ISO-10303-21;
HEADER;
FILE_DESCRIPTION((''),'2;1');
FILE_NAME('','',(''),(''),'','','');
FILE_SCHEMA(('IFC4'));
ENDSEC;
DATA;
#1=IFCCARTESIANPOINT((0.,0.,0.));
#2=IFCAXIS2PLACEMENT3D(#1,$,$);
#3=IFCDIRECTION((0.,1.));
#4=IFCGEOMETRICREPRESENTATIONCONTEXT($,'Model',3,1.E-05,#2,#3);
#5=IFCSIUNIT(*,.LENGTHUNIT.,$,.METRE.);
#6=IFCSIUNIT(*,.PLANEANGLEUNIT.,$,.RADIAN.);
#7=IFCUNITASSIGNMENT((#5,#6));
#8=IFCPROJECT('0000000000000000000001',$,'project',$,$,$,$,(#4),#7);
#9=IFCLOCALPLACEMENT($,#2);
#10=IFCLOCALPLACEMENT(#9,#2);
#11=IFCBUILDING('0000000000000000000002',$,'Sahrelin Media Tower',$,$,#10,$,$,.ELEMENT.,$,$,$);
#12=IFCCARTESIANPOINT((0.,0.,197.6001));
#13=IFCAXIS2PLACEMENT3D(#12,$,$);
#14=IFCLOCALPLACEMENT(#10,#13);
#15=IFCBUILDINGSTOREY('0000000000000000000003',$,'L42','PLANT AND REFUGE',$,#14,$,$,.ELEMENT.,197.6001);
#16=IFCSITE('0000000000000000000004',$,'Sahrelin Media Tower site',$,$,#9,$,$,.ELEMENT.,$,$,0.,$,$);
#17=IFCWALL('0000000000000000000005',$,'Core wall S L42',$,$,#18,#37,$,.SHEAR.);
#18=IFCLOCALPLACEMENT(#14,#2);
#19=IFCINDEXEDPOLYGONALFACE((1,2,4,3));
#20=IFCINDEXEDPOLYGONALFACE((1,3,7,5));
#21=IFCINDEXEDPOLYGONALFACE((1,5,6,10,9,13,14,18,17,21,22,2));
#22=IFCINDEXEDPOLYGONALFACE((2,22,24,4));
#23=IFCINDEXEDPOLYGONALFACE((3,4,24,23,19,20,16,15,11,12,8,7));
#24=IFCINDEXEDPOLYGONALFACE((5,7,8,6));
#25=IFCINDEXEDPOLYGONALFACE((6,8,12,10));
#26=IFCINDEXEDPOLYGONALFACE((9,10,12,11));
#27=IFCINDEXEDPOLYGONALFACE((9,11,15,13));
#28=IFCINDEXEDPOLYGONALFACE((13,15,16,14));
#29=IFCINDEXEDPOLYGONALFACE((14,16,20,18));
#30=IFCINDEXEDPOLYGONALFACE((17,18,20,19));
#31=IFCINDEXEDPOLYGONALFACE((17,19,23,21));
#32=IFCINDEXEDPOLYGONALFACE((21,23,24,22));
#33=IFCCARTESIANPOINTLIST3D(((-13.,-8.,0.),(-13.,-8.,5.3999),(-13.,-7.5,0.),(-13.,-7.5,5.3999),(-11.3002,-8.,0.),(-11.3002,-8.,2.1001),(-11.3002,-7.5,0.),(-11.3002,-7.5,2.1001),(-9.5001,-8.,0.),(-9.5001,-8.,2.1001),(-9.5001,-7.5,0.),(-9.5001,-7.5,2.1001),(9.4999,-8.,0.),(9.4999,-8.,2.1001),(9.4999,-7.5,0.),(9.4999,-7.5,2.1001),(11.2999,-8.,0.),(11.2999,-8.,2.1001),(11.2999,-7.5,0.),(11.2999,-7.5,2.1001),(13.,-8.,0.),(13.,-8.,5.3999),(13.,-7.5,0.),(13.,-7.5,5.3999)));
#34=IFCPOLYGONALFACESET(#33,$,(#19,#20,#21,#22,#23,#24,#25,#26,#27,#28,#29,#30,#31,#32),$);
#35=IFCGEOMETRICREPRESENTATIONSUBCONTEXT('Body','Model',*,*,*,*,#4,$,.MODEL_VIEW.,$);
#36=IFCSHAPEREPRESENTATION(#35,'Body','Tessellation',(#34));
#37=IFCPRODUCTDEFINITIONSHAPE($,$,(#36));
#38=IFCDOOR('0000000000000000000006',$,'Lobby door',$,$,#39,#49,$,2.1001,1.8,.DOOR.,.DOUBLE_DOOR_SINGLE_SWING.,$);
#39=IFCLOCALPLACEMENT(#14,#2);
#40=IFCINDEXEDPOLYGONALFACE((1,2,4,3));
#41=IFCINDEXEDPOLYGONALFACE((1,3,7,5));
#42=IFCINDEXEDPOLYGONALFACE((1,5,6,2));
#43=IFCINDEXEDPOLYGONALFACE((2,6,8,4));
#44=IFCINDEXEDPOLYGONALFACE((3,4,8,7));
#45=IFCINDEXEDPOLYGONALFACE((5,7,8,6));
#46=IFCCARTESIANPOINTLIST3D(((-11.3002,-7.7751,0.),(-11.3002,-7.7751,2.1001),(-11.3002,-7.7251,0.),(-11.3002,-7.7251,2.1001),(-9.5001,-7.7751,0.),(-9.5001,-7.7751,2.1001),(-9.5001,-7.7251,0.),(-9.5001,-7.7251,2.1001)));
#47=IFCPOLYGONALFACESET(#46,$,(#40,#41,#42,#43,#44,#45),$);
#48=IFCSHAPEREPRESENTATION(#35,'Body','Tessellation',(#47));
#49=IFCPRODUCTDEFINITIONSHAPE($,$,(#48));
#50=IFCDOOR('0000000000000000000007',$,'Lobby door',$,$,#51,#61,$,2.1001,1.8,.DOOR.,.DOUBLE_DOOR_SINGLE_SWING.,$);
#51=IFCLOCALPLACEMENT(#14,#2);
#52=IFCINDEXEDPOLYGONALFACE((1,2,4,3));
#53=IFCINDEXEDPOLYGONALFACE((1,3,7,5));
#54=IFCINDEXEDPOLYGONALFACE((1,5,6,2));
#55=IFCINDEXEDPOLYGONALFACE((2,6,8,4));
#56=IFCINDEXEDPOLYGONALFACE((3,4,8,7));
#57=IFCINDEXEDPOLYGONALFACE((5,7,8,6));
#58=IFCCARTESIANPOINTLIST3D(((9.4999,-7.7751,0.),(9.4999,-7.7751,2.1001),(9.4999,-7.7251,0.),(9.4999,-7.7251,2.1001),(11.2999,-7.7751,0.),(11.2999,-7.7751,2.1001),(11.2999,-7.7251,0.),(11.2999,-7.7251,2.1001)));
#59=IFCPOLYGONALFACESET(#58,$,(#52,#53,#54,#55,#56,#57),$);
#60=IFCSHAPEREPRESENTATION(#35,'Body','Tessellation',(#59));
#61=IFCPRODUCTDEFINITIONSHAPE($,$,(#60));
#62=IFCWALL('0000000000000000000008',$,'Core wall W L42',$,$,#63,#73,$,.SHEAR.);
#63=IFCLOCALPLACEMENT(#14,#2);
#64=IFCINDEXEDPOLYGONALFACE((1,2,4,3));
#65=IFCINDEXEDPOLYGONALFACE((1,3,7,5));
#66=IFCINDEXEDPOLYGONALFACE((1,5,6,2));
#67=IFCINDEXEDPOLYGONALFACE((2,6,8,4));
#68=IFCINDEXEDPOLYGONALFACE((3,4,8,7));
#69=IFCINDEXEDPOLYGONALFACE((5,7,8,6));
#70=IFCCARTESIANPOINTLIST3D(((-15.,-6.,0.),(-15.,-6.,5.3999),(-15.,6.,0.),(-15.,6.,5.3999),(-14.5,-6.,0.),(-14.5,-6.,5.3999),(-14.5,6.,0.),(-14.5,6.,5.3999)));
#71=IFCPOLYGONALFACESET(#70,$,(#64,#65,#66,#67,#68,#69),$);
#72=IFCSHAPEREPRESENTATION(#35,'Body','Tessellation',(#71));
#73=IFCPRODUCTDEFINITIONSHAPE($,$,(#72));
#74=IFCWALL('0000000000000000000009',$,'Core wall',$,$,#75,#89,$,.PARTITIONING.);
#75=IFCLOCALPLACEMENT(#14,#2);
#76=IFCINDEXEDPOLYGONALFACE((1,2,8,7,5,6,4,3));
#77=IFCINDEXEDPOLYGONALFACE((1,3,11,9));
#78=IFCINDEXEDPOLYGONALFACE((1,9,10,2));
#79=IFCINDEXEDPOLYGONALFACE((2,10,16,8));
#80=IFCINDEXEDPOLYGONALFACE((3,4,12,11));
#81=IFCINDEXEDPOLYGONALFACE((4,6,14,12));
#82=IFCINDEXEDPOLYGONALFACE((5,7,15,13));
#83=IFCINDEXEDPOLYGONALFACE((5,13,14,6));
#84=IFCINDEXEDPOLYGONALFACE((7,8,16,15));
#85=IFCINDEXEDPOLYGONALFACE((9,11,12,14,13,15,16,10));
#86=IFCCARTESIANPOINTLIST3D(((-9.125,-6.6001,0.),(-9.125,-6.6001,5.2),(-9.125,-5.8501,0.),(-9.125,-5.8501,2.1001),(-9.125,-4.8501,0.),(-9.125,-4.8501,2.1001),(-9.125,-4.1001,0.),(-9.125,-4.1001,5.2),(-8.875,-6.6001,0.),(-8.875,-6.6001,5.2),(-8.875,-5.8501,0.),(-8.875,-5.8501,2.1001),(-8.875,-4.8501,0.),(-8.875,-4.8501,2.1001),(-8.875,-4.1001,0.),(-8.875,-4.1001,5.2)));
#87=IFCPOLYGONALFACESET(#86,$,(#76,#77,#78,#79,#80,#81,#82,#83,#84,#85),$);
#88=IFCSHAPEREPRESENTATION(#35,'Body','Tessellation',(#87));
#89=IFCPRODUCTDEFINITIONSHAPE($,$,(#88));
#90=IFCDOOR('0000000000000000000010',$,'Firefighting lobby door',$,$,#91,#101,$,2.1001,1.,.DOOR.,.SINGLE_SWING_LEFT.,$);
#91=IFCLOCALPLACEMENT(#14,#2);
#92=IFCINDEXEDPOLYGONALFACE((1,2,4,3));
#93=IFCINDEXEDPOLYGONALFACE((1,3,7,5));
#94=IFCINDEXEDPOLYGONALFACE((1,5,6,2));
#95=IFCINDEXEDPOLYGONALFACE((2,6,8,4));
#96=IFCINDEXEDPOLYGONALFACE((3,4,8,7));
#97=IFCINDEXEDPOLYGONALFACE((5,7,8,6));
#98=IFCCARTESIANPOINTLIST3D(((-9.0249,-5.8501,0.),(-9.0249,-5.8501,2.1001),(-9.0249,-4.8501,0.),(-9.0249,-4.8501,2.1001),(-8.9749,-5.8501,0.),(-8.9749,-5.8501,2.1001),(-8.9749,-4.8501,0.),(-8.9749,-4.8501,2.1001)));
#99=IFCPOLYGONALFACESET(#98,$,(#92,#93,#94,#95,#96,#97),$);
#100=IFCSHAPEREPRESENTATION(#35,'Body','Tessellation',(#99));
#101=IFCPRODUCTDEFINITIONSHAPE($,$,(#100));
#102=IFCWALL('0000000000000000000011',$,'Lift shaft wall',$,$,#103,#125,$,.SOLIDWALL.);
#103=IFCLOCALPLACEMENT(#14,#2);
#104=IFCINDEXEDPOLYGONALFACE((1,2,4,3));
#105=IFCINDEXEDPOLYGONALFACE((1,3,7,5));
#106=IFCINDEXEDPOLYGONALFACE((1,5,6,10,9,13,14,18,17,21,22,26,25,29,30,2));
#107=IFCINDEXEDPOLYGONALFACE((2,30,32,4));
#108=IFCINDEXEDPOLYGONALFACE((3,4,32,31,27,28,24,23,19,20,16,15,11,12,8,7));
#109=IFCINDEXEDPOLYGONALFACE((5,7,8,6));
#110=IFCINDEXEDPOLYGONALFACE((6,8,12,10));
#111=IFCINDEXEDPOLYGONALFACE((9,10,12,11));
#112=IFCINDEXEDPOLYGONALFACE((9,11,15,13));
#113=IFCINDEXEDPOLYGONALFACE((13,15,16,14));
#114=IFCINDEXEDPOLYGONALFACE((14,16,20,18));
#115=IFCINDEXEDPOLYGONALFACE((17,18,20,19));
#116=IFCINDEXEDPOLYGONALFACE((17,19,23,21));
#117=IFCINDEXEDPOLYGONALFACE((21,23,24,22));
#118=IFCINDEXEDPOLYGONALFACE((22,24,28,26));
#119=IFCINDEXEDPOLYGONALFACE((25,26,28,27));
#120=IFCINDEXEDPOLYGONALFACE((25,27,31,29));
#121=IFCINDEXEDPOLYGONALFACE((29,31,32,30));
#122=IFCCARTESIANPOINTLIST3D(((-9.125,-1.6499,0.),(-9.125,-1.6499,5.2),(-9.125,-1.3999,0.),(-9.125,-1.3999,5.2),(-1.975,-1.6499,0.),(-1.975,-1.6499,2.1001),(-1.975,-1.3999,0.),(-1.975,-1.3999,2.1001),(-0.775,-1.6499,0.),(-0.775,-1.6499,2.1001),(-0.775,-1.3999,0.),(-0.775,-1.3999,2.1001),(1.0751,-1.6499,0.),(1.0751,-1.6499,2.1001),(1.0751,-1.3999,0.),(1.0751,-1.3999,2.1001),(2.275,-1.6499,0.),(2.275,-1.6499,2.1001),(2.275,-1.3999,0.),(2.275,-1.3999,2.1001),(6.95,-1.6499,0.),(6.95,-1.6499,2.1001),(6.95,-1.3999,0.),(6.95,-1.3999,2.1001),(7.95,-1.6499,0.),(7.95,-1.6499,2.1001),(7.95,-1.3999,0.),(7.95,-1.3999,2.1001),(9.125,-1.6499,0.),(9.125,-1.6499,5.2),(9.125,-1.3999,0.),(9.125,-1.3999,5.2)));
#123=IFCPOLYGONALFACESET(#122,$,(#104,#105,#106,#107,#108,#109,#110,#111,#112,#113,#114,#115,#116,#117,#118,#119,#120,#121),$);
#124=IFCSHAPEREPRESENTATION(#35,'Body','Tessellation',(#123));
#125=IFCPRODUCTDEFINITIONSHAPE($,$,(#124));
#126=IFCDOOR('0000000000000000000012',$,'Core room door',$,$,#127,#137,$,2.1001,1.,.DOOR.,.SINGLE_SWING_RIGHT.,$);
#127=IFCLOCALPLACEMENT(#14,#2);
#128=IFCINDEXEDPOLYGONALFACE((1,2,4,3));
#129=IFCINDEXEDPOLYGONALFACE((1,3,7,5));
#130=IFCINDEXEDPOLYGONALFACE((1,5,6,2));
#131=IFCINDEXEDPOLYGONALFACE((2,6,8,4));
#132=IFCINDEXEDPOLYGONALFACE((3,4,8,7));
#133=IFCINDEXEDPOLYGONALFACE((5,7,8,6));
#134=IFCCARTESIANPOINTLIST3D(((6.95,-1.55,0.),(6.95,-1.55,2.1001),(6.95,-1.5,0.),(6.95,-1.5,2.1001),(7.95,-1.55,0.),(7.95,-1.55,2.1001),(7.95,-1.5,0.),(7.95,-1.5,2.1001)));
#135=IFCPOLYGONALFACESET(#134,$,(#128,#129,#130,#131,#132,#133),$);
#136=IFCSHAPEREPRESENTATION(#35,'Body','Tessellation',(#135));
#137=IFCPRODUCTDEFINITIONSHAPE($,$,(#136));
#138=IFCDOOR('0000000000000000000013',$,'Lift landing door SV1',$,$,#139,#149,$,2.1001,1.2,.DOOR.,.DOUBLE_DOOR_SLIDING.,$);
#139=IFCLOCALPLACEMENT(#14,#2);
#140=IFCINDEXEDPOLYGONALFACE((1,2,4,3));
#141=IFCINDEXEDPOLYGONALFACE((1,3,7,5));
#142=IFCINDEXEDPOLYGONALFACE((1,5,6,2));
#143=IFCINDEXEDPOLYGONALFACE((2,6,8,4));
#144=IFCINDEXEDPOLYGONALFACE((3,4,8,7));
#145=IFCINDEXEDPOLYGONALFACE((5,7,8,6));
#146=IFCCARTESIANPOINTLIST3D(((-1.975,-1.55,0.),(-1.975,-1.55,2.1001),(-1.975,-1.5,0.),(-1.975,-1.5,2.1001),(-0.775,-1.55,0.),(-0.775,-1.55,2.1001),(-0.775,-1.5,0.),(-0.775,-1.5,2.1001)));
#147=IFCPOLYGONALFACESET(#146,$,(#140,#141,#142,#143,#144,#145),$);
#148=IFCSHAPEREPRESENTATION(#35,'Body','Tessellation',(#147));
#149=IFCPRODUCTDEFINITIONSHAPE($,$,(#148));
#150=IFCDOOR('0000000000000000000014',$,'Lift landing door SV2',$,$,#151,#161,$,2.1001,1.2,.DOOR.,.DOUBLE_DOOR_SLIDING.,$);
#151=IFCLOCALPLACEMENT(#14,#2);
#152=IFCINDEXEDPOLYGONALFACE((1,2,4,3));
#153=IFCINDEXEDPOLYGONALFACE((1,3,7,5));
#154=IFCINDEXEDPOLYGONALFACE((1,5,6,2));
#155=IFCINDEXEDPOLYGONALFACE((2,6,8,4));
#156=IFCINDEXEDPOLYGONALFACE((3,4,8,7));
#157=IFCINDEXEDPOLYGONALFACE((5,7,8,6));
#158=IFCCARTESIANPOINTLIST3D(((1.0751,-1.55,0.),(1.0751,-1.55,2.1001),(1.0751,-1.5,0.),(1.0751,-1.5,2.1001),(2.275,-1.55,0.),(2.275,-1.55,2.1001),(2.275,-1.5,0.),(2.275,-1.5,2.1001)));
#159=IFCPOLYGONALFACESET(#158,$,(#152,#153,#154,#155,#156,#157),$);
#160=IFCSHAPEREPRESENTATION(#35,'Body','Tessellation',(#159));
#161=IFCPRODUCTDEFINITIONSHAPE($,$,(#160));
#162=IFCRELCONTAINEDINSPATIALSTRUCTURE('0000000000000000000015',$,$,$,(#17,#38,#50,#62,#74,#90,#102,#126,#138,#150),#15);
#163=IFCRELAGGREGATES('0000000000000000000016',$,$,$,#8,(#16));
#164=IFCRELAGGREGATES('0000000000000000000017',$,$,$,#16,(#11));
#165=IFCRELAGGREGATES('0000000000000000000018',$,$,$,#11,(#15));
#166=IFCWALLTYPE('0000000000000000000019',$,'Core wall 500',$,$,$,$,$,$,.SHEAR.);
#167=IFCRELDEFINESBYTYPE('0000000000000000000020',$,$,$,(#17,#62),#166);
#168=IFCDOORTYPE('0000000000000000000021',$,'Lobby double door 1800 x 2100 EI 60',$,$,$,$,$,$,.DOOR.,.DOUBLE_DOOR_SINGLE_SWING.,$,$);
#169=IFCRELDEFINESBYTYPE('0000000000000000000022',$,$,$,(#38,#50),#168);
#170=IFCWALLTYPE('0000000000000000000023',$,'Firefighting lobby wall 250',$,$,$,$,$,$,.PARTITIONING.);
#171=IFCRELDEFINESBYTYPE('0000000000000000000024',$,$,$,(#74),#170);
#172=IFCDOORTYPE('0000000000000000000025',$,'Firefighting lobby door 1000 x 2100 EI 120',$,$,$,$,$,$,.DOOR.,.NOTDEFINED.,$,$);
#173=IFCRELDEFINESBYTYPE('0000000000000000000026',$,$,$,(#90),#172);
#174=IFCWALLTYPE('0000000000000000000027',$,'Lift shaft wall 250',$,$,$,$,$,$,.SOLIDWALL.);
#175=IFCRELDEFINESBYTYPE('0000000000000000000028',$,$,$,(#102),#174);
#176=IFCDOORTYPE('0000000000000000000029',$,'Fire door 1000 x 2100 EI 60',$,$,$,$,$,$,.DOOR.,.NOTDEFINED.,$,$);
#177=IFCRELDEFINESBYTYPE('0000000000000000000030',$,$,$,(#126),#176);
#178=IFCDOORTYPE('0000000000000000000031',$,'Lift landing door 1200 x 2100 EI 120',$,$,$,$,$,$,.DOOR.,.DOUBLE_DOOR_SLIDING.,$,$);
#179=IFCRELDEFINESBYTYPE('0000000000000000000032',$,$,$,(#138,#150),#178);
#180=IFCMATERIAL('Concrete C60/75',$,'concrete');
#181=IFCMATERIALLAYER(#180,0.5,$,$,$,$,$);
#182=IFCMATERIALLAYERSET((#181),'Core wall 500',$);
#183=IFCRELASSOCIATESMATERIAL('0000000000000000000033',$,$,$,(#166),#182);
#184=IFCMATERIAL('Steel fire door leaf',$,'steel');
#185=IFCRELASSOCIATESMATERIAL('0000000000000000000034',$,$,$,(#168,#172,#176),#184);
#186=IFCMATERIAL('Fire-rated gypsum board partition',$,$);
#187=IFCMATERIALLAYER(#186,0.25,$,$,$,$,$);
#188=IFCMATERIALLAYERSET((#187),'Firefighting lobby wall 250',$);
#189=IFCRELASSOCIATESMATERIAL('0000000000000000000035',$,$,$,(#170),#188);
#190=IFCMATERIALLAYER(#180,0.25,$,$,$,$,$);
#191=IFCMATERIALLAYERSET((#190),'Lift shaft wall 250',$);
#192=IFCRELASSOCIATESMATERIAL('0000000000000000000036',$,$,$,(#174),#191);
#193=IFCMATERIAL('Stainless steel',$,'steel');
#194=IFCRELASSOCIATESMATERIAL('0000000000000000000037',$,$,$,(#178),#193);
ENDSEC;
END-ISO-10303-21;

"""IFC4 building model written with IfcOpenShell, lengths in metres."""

from ifc_helpers import new_model, si_unit, direction, frame, frame_2d, origin, place, context, subcontext, project, spatial, rectangle, extrude, material, layer, layer_set, type_object, element, fill, save


model = new_model("IFC4")

# Units and contexts
model_context = context("Model", 3, precision=1e-05, world=origin(), true_north=direction((0.0, 1.0)))
body_context = subcontext(model_context, "Body", "Model", "MODEL_VIEW")
ifc_project = project(units=[si_unit("LENGTHUNIT", "METRE"), si_unit("PLANEANGLEUNIT", "RADIAN")], contexts=[model_context])

# Site, building, storey
site_placement = place(None, origin())
site = spatial("IfcSite", under=ifc_project, at=site_placement, Name="Sahrelin Media Tower site", CompositionType="ELEMENT", RefElevation=0.0)
building_placement = place(site_placement, origin())
building = spatial("IfcBuilding", under=site, at=building_placement, Name="Sahrelin Media Tower", CompositionType="ELEMENT")
storey_placement = place(building_placement, frame((0.0, 0.0, 197.6001)))
storey = spatial("IfcBuildingStorey", under=building, at=storey_placement, Name="L42", Description="PLANT AND REFUGE", CompositionType="ELEMENT", Elevation=197.6001)

# Wall, openings, doors
ifc_material_1 = material(Name="Concrete C60/75", Category="concrete")
ifc_layer_1 = layer(ifc_material_1, 0.5)
ifc_layer_set_1 = layer_set([ifc_layer_1], Name="Core wall 500")
wall_type_1 = type_object("IfcWallType", Name="Core wall 500", PredefinedType="SHEAR", material=ifc_layer_set_1)
wall_1_placement = place(storey_placement, frame((-13.0, -7.75, 0.0), z_axis=(0.0, 0.0, 1.0), x_axis=(1.0, 0.0, 0.0)))
wall_1 = element("IfcWall", 1, at=wall_1_placement, inside=storey, type_object=wall_type_1, Name="Core wall S L42", PredefinedType="SHEAR", context=body_context, shape_type="SweptSolid", body=[
    extrude(rectangle(XDim=26.0, YDim=0.5, at=frame_2d((13.0, 0.0))), origin(), (0.0, 0.0, 1.0), 5.3999),
])
opening_1_placement = place(wall_1_placement, frame((1.7, 0.0, 0.0)))
opening_1 = element("IfcOpeningElement", 2, at=opening_1_placement, cuts=wall_1, PredefinedType="OPENING", context=body_context, shape_type="SweptSolid", body=[
    extrude(rectangle(XDim=1.8, YDim=2.1001, at=frame_2d((0.8999, 1.05))), frame((0.0, 0.25, 0.0), z_axis=(0.0, -1.0, 0.0), x_axis=(1.0, 0.0, 0.0)), (0.0, 0.0, 1.0), 0.5),
])
opening_2_placement = place(wall_1_placement, frame((22.5, 0.0, 0.0)))
opening_2 = element("IfcOpeningElement", 3, at=opening_2_placement, cuts=wall_1, PredefinedType="OPENING", context=body_context, shape_type="SweptSolid", body=[
    extrude(rectangle(XDim=1.8, YDim=2.1001, at=frame_2d((0.8999, 1.05))), frame((0.0, 0.25, 0.0), z_axis=(0.0, -1.0, 0.0), x_axis=(1.0, 0.0, 0.0)), (0.0, 0.0, 1.0), 0.5),
])
ifc_material_2 = material(Name="Steel fire door leaf", Category="steel")
door_type_1 = type_object("IfcDoorType", Name="Lobby double door 1800 x 2100 EI 60", OperationType="DOUBLE_DOOR_SINGLE_SWING", PredefinedType="DOOR", material=ifc_material_2)
door_1_placement = place(opening_1_placement, origin())
door_1 = element("IfcDoor", 4, at=door_1_placement, inside=storey, type_object=door_type_1, Name="Lobby door", OperationType="DOUBLE_DOOR_SINGLE_SWING", OverallHeight=2.1001, OverallWidth=1.8, PredefinedType="DOOR", context=body_context, shape_type="SweptSolid", body=[
    extrude(rectangle(XDim=1.8, YDim=2.1001, at=frame_2d((0.8999, 1.05))), frame((0.0, 0.0249, 0.0), z_axis=(0.0, -1.0, 0.0), x_axis=(1.0, 0.0, 0.0)), (0.0, 0.0, 1.0), 0.05),
])
fill(opening_1, door_1)
door_2_placement = place(opening_2_placement, origin())
door_2 = element("IfcDoor", 5, at=door_2_placement, inside=storey, type_object=door_type_1, Name="Lobby door", OperationType="DOUBLE_DOOR_SINGLE_SWING", OverallHeight=2.1001, OverallWidth=1.8, PredefinedType="DOOR", context=body_context, shape_type="SweptSolid", body=[
    extrude(rectangle(XDim=1.8, YDim=2.1001, at=frame_2d((0.8999, 1.05))), frame((0.0, 0.0249, 0.0), z_axis=(0.0, -1.0, 0.0), x_axis=(1.0, 0.0, 0.0)), (0.0, 0.0, 1.0), 0.05),
])
fill(opening_2, door_2)

# Wall
wall_2_placement = place(storey_placement, frame((-14.75, -6.0, 0.0), z_axis=(0.0, 0.0, 1.0), x_axis=(0.0, 1.0, 0.0)))
element("IfcWall", 6, at=wall_2_placement, inside=storey, type_object=wall_type_1, Name="Core wall W L42", PredefinedType="SHEAR", context=body_context, shape_type="SweptSolid", body=[
    extrude(rectangle(XDim=12.0, YDim=0.5, at=frame_2d((6.0, 0.0))), origin(), (0.0, 0.0, 1.0), 5.3999),
])

# Wall, opening, door
ifc_material_3 = material(Name="Fire-rated gypsum board partition")
ifc_layer_2 = layer(ifc_material_3, 0.25)
ifc_layer_set_2 = layer_set([ifc_layer_2], Name="Firefighting lobby wall 250")
wall_type_2 = type_object("IfcWallType", Name="Firefighting lobby wall 250", PredefinedType="PARTITIONING", material=ifc_layer_set_2)
wall_3_placement = place(storey_placement, frame((-9.0, -6.6001, 0.0), z_axis=(0.0, 0.0, 1.0), x_axis=(0.0, 1.0, 0.0)))
wall_3 = element("IfcWall", 7, at=wall_3_placement, inside=storey, type_object=wall_type_2, Name="Core wall", PredefinedType="PARTITIONING", context=body_context, shape_type="SweptSolid", body=[
    extrude(rectangle(XDim=2.5, YDim=0.25, at=frame_2d((1.25, 0.0))), origin(), (0.0, 0.0, 1.0), 5.2),
])
opening_3_placement = place(wall_3_placement, frame((0.75, 0.0, 0.0)))
opening_3 = element("IfcOpeningElement", 8, at=opening_3_placement, cuts=wall_3, PredefinedType="OPENING", context=body_context, shape_type="SweptSolid", body=[
    extrude(rectangle(XDim=1.0, YDim=2.1001, at=frame_2d((0.5, 1.05))), frame((0.0, 0.125, 0.0), z_axis=(0.0, -1.0, 0.0), x_axis=(1.0, 0.0, 0.0)), (0.0, 0.0, 1.0), 0.25),
])
door_type_2 = type_object("IfcDoorType", Name="Firefighting lobby door 1000 x 2100 EI 120", OperationType="NOTDEFINED", PredefinedType="DOOR", material=ifc_material_2)
door_3_placement = place(opening_3_placement, origin())
door_3 = element("IfcDoor", 9, at=door_3_placement, inside=storey, type_object=door_type_2, Name="Firefighting lobby door", OperationType="SINGLE_SWING_LEFT", OverallHeight=2.1001, OverallWidth=1.0, PredefinedType="DOOR", context=body_context, shape_type="SweptSolid", body=[
    extrude(rectangle(XDim=1.0, YDim=2.1001, at=frame_2d((0.5, 1.05))), frame((0.0, 0.0249, 0.0), z_axis=(0.0, -1.0, 0.0), x_axis=(1.0, 0.0, 0.0)), (0.0, 0.0, 1.0), 0.05),
])
fill(opening_3, door_3)

# Wall, openings, doors
ifc_layer_3 = layer(ifc_material_1, 0.25)
ifc_layer_set_3 = layer_set([ifc_layer_3], Name="Lift shaft wall 250")
wall_type_3 = type_object("IfcWallType", Name="Lift shaft wall 250", PredefinedType="SOLIDWALL", material=ifc_layer_set_3)
wall_4_placement = place(storey_placement, frame((-9.125, -1.5249, 0.0), z_axis=(0.0, 0.0, 1.0), x_axis=(1.0, 0.0, 0.0)))
wall_4 = element("IfcWall", 10, at=wall_4_placement, inside=storey, type_object=wall_type_3, Name="Lift shaft wall", PredefinedType="SOLIDWALL", context=body_context, shape_type="SweptSolid", body=[
    extrude(rectangle(XDim=18.25, YDim=0.25, at=frame_2d((9.125, 0.0))), origin(), (0.0, 0.0, 1.0), 5.2),
])
opening_4_placement = place(wall_4_placement, frame((7.1499, 0.0, 0.0)))
opening_4 = element("IfcOpeningElement", 11, at=opening_4_placement, cuts=wall_4, PredefinedType="OPENING", context=body_context, shape_type="SweptSolid", body=[
    extrude(rectangle(XDim=1.2, YDim=2.1001, at=frame_2d((0.6001, 1.05))), frame((0.0, 0.125, 0.0), z_axis=(0.0, -1.0, 0.0), x_axis=(1.0, 0.0, 0.0)), (0.0, 0.0, 1.0), 0.25),
])
opening_5_placement = place(wall_4_placement, frame((10.2, 0.0, 0.0)))
opening_5 = element("IfcOpeningElement", 12, at=opening_5_placement, cuts=wall_4, PredefinedType="OPENING", context=body_context, shape_type="SweptSolid", body=[
    extrude(rectangle(XDim=1.2, YDim=2.1001, at=frame_2d((0.6001, 1.05))), frame((0.0, 0.125, 0.0), z_axis=(0.0, -1.0, 0.0), x_axis=(1.0, 0.0, 0.0)), (0.0, 0.0, 1.0), 0.25),
])
opening_6_placement = place(wall_4_placement, frame((16.075, 0.0, 0.0)))
opening_6 = element("IfcOpeningElement", 13, at=opening_6_placement, cuts=wall_4, PredefinedType="OPENING", context=body_context, shape_type="SweptSolid", body=[
    extrude(rectangle(XDim=1.0, YDim=2.1001, at=frame_2d((0.5, 1.05))), frame((0.0, 0.125, 0.0), z_axis=(0.0, -1.0, 0.0), x_axis=(1.0, 0.0, 0.0)), (0.0, 0.0, 1.0), 0.25),
])
door_type_3 = type_object("IfcDoorType", Name="Fire door 1000 x 2100 EI 60", OperationType="NOTDEFINED", PredefinedType="DOOR", material=ifc_material_2)
door_4_placement = place(opening_6_placement, origin())
door_4 = element("IfcDoor", 14, at=door_4_placement, inside=storey, type_object=door_type_3, Name="Core room door", OperationType="SINGLE_SWING_RIGHT", OverallHeight=2.1001, OverallWidth=1.0, PredefinedType="DOOR", context=body_context, shape_type="SweptSolid", body=[
    extrude(rectangle(XDim=1.0, YDim=2.1001, at=frame_2d((0.5, 1.05))), frame((0.0, 0.0249, 0.0), z_axis=(0.0, -1.0, 0.0), x_axis=(1.0, 0.0, 0.0)), (0.0, 0.0, 1.0), 0.05),
])
fill(opening_6, door_4)
ifc_material_4 = material(Name="Stainless steel", Category="steel")
door_type_4 = type_object("IfcDoorType", Name="Lift landing door 1200 x 2100 EI 120", OperationType="DOUBLE_DOOR_SLIDING", PredefinedType="DOOR", material=ifc_material_4)
door_5_placement = place(opening_4_placement, origin())
door_5 = element("IfcDoor", 15, at=door_5_placement, inside=storey, type_object=door_type_4, Name="Lift landing door SV1", OperationType="DOUBLE_DOOR_SLIDING", OverallHeight=2.1001, OverallWidth=1.2, PredefinedType="DOOR", context=body_context, shape_type="SweptSolid", body=[
    extrude(rectangle(XDim=1.2, YDim=2.1001, at=frame_2d((0.6001, 1.05))), frame((0.0, 0.0249, 0.0), z_axis=(0.0, -1.0, 0.0), x_axis=(1.0, 0.0, 0.0)), (0.0, 0.0, 1.0), 0.05),
])
fill(opening_4, door_5)
door_6_placement = place(opening_5_placement, origin())
door_6 = element("IfcDoor", 16, at=door_6_placement, inside=storey, type_object=door_type_4, Name="Lift landing door SV2", OperationType="DOUBLE_DOOR_SLIDING", OverallHeight=2.1001, OverallWidth=1.2, PredefinedType="DOOR", context=body_context, shape_type="SweptSolid", body=[
    extrude(rectangle(XDim=1.2, YDim=2.1001, at=frame_2d((0.6001, 1.05))), frame((0.0, 0.0249, 0.0), z_axis=(0.0, -1.0, 0.0), x_axis=(1.0, 0.0, 0.0)), (0.0, 0.0, 1.0), 0.05),
])
fill(opening_5, door_6)

save(model, "model.ifc")
